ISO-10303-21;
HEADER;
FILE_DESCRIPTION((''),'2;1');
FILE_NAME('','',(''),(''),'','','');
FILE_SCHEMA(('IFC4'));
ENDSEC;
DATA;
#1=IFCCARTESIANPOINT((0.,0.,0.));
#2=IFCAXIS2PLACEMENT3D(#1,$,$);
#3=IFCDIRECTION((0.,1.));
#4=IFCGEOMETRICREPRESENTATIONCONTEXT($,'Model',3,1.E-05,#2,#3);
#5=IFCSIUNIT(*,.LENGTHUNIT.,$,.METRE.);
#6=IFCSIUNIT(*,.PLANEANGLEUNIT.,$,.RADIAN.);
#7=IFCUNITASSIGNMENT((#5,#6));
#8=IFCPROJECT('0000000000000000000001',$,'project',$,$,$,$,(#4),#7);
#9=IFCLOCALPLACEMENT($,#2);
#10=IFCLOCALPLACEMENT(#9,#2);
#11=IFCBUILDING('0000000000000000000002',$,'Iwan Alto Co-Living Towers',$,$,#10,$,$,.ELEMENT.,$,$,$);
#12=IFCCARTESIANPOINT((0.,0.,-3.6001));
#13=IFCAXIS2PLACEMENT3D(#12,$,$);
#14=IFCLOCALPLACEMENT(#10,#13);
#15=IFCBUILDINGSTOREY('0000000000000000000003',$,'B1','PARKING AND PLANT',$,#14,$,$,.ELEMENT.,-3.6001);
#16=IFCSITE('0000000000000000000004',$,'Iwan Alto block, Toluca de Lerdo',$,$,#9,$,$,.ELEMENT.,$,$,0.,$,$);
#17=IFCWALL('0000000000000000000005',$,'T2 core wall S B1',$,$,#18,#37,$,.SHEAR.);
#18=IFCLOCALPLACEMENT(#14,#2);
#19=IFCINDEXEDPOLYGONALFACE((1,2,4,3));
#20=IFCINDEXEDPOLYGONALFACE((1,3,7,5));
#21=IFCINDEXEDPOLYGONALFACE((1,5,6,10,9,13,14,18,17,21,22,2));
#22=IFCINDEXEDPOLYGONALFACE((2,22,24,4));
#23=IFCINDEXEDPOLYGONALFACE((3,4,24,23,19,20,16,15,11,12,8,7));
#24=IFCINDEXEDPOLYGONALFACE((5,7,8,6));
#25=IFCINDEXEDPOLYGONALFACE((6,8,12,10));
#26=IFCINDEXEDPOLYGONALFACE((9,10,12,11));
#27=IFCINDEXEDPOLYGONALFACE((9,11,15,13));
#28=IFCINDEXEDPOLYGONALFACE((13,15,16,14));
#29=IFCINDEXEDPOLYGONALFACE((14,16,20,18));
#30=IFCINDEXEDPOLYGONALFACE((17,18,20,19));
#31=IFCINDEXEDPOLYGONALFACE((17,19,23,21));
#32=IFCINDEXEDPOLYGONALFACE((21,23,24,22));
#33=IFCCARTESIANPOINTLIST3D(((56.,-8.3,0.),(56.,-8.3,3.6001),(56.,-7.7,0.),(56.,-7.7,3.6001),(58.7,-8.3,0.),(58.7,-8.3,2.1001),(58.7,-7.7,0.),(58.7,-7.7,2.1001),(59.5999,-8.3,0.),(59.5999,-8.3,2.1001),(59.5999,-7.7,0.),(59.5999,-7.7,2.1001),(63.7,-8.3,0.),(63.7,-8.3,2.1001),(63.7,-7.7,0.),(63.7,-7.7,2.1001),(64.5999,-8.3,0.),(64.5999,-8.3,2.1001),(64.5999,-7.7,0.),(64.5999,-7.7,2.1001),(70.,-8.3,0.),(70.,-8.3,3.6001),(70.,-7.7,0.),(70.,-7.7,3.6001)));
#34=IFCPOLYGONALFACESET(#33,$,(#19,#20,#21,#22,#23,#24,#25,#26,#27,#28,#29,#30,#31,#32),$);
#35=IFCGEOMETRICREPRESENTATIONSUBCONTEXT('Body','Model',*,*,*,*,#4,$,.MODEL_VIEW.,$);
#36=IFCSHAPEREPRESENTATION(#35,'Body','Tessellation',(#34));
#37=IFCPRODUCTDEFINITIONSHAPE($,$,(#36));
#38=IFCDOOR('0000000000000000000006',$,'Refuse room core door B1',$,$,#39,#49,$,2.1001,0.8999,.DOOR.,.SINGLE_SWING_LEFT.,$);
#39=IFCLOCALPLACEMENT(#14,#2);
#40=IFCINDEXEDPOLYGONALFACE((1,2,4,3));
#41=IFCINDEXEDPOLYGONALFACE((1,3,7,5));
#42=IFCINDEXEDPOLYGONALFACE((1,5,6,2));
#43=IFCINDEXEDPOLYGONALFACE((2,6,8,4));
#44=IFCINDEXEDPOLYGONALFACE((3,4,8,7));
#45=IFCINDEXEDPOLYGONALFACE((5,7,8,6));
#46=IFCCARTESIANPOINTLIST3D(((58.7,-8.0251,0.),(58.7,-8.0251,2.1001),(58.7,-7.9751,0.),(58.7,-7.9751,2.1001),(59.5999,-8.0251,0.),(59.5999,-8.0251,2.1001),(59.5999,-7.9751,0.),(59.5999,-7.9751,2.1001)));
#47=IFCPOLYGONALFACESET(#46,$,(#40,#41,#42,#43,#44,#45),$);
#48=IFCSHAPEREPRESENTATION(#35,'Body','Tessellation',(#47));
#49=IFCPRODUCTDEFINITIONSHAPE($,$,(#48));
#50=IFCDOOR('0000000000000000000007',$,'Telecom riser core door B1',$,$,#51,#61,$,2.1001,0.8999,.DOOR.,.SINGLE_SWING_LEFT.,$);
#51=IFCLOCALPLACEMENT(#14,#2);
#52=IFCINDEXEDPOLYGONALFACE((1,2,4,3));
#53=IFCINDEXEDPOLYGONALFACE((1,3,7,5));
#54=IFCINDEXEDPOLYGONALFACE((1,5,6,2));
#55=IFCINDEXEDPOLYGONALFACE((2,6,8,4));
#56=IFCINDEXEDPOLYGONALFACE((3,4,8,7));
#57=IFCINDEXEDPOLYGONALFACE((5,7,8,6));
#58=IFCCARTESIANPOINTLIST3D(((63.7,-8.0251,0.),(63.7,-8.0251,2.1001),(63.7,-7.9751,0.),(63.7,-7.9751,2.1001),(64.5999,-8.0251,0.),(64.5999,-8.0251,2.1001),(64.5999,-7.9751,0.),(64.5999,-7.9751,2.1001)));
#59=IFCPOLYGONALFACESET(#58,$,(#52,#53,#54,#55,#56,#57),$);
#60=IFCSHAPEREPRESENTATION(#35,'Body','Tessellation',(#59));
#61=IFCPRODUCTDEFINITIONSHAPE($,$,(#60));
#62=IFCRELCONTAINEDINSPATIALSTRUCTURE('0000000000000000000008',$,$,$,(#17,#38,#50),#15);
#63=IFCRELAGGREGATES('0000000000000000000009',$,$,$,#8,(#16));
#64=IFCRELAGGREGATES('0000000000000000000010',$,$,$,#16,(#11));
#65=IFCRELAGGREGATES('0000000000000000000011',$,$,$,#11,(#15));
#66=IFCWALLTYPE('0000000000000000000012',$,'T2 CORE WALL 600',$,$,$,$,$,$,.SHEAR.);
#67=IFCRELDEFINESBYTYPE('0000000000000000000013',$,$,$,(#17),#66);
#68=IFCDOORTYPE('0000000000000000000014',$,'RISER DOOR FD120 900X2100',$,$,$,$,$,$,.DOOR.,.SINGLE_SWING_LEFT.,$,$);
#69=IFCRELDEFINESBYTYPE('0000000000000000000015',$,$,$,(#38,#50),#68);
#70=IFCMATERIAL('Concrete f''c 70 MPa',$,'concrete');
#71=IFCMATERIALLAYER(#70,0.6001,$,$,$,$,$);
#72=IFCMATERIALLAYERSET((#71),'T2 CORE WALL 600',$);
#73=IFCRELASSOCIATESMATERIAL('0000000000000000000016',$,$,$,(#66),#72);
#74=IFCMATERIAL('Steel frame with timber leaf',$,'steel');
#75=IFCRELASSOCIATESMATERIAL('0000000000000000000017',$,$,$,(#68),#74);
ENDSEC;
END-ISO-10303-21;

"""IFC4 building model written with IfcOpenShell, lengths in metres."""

from ifc_helpers import new_model, si_unit, direction, frame, frame_2d, origin, place, context, subcontext, project, spatial, rectangle, extrude, material, layer, layer_set, type_object, element, fill, save


model = new_model("IFC4")

# Units and contexts
model_context = context("Model", 3, precision=1e-05, world=origin(), true_north=direction((0.0, 1.0)))
body_context = subcontext(model_context, "Body", "Model", "MODEL_VIEW")
ifc_project = project(units=[si_unit("LENGTHUNIT", "METRE"), si_unit("PLANEANGLEUNIT", "RADIAN")], contexts=[model_context])

# Site, building, storey
site_placement = place(None, origin())
site = spatial("IfcSite", under=ifc_project, at=site_placement, Name="Iwan Alto block, Toluca de Lerdo", CompositionType="ELEMENT", RefElevation=0.0)
building_placement = place(site_placement, origin())
building = spatial("IfcBuilding", under=site, at=building_placement, Name="Iwan Alto Co-Living Towers", CompositionType="ELEMENT")
storey_placement = place(building_placement, frame((0.0, 0.0, -3.6001)))
storey = spatial("IfcBuildingStorey", under=building, at=storey_placement, Name="B1", Description="PARKING AND PLANT", CompositionType="ELEMENT", Elevation=-3.6001)

# Wall, openings, doors
ifc_material_1 = material(Name="Concrete f'c 70 MPa", Category="concrete")
ifc_layer_1 = layer(ifc_material_1, 0.6001)
ifc_layer_set_1 = layer_set([ifc_layer_1], Name="T2 CORE WALL 600")
wall_type_1 = type_object("IfcWallType", Name="T2 CORE WALL 600", PredefinedType="SHEAR", material=ifc_layer_set_1)
wall_1_placement = place(storey_placement, frame((56.0, -8.0, 0.0), z_axis=(0.0, 0.0, 1.0), x_axis=(1.0, 0.0, 0.0)))
wall_1 = element("IfcWall", 1, at=wall_1_placement, inside=storey, type_object=wall_type_1, Name="T2 core wall S B1", PredefinedType="SHEAR", context=body_context, shape_type="SweptSolid", body=[
    extrude(rectangle(XDim=14.0, YDim=0.6001, at=frame_2d((7.0, 0.0))), origin(), (0.0, 0.0, 1.0), 3.6001),
])
opening_1_placement = place(wall_1_placement, frame((2.7, 0.0, 0.0)))
opening_1 = element("IfcOpeningElement", 2, at=opening_1_placement, cuts=wall_1, PredefinedType="OPENING", context=body_context, shape_type="SweptSolid", body=[
    extrude(rectangle(XDim=0.8999, YDim=2.1001, at=frame_2d((0.45, 1.05))), frame((0.0, 0.3101, 0.0), z_axis=(0.0, -1.0, 0.0), x_axis=(1.0, 0.0, 0.0)), (0.0, 0.0, 1.0), 0.6201),
])
opening_2_placement = place(wall_1_placement, frame((7.7, 0.0, 0.0)))
opening_2 = element("IfcOpeningElement", 3, at=opening_2_placement, cuts=wall_1, PredefinedType="OPENING", context=body_context, shape_type="SweptSolid", body=[
    extrude(rectangle(XDim=0.8999, YDim=2.1001, at=frame_2d((0.45, 1.05))), frame((0.0, 0.3101, 0.0), z_axis=(0.0, -1.0, 0.0), x_axis=(1.0, 0.0, 0.0)), (0.0, 0.0, 1.0), 0.6201),
])
ifc_material_2 = material(Name="Steel frame with timber leaf", Category="steel")
door_type = type_object("IfcDoorType", Name="RISER DOOR FD120 900X2100", OperationType="SINGLE_SWING_LEFT", PredefinedType="DOOR", material=ifc_material_2)
door_1_placement = place(opening_1_placement, origin())
door_1 = element("IfcDoor", 4, at=door_1_placement, inside=storey, type_object=door_type, Name="Refuse room core door B1", OperationType="SINGLE_SWING_LEFT", OverallHeight=2.1001, OverallWidth=0.8999, PredefinedType="DOOR", context=body_context, shape_type="SweptSolid", body=[
    extrude(rectangle(XDim=0.8999, YDim=2.1001, at=frame_2d((0.45, 1.05))), frame((0.0, 0.0249, 0.0), z_axis=(0.0, -1.0, 0.0), x_axis=(1.0, 0.0, 0.0)), (0.0, 0.0, 1.0), 0.05),
])
fill(opening_1, door_1)
door_2_placement = place(opening_2_placement, origin())
door_2 = element("IfcDoor", 5, at=door_2_placement, inside=storey, type_object=door_type, Name="Telecom riser core door B1", OperationType="SINGLE_SWING_LEFT", OverallHeight=2.1001, OverallWidth=0.8999, PredefinedType="DOOR", context=body_context, shape_type="SweptSolid", body=[
    extrude(rectangle(XDim=0.8999, YDim=2.1001, at=frame_2d((0.45, 1.05))), frame((0.0, 0.0249, 0.0), z_axis=(0.0, -1.0, 0.0), x_axis=(1.0, 0.0, 0.0)), (0.0, 0.0, 1.0), 0.05),
])
fill(opening_2, door_2)

save(model, "model.ifc")
